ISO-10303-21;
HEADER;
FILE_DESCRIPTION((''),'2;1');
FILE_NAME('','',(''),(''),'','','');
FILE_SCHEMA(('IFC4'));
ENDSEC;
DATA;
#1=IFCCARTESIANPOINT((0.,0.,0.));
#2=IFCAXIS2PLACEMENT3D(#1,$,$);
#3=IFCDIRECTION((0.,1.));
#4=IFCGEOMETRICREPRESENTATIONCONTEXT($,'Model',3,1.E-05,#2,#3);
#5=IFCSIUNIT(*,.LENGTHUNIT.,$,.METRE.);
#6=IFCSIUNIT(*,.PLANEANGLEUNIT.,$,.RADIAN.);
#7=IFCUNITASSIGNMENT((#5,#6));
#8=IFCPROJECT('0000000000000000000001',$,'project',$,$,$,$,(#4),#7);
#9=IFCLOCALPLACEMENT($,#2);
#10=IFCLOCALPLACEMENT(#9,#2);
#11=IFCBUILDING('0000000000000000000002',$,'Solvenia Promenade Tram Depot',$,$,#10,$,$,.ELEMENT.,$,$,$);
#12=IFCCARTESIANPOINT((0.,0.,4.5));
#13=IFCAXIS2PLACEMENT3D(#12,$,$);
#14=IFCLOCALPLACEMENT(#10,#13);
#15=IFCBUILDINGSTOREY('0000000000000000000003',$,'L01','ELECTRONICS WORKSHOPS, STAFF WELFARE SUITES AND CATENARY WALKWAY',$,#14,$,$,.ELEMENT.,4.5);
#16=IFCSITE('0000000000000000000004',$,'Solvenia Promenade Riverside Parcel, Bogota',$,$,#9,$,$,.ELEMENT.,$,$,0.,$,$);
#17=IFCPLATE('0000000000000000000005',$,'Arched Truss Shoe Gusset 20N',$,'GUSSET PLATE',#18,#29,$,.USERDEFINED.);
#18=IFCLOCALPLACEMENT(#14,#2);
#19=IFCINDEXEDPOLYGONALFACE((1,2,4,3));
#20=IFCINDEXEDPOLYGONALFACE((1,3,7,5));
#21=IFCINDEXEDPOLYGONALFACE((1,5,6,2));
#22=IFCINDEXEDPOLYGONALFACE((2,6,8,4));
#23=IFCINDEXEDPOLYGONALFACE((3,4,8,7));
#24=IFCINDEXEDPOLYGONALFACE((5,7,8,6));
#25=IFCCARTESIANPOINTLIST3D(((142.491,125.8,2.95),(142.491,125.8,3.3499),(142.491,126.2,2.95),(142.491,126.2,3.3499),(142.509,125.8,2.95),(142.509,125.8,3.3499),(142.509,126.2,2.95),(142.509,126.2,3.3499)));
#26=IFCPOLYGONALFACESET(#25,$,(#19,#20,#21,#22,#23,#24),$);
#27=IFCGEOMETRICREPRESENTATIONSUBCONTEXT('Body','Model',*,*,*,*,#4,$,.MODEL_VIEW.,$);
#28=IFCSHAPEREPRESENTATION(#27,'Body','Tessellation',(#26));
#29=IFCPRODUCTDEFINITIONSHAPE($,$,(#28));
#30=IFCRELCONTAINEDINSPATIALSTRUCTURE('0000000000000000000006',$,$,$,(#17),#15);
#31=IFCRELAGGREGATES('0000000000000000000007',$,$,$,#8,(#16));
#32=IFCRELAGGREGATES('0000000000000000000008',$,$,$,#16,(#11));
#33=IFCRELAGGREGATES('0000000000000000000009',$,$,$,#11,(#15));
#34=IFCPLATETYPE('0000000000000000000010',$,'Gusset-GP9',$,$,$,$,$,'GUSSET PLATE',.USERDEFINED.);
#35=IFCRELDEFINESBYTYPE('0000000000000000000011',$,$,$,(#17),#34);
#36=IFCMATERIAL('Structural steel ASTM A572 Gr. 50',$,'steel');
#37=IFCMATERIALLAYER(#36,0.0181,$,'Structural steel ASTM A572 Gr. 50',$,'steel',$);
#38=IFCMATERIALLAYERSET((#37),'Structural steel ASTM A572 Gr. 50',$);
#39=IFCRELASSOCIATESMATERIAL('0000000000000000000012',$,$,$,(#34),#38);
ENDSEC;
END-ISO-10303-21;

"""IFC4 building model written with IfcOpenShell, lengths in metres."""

from ifc_helpers import new_model, si_unit, direction, frame, origin, origin_2d, place, context, subcontext, project, spatial, rectangle, extrude, material, layer, layer_set, type_object, element, save


model = new_model("IFC4")

# Units and contexts
model_context = context("Model", 3, precision=1e-05, world=origin(), true_north=direction((0.0, 1.0)))
body_context = subcontext(model_context, "Body", "Model", "MODEL_VIEW")
ifc_project = project(units=[si_unit("LENGTHUNIT", "METRE"), si_unit("PLANEANGLEUNIT", "RADIAN")], contexts=[model_context])

# Site, building, storey
site_placement = place(None, origin())
site = spatial("IfcSite", under=ifc_project, at=site_placement, Name="Solvenia Promenade Riverside Parcel, Bogota", CompositionType="ELEMENT", RefElevation=0.0)
building_placement = place(site_placement, origin())
building = spatial("IfcBuilding", under=site, at=building_placement, Name="Solvenia Promenade Tram Depot", CompositionType="ELEMENT")
storey_placement = place(building_placement, frame((0.0, 0.0, 4.5)))
storey = spatial("IfcBuildingStorey", under=building, at=storey_placement, Name="L01", Description="ELECTRONICS WORKSHOPS, STAFF WELFARE SUITES AND CATENARY WALKWAY", CompositionType="ELEMENT", Elevation=4.5)

# Plate
ifc_material_1 = material(Name="Structural steel ASTM A572 Gr. 50", Category="steel")
ifc_layer_1 = layer(ifc_material_1, 0.0181, Name="Structural steel ASTM A572 Gr. 50", Category="steel")
ifc_layer_set_1 = layer_set([ifc_layer_1], Name="Structural steel ASTM A572 Gr. 50")
plate_type_1 = type_object("IfcPlateType", Name="Gusset-GP9", ElementType="GUSSET PLATE", PredefinedType="USERDEFINED", material=ifc_layer_set_1)
plate_1_placement = place(storey_placement, frame((142.5, 126.0, 2.95), z_axis=(0.0, 0.0, 1.0), x_axis=(1.0, 0.0, 0.0)))
element("IfcPlate", 1, at=plate_1_placement, inside=storey, type_object=plate_type_1, Name="Arched Truss Shoe Gusset 20N", ObjectType="GUSSET PLATE", PredefinedType="USERDEFINED", context=body_context, shape_type="SweptSolid", body=[
    extrude(rectangle(XDim=0.0181, YDim=0.3999, at=origin_2d()), origin(), (0.0, 0.0, 1.0), 0.3999),
])

save(model, "model.ifc")
